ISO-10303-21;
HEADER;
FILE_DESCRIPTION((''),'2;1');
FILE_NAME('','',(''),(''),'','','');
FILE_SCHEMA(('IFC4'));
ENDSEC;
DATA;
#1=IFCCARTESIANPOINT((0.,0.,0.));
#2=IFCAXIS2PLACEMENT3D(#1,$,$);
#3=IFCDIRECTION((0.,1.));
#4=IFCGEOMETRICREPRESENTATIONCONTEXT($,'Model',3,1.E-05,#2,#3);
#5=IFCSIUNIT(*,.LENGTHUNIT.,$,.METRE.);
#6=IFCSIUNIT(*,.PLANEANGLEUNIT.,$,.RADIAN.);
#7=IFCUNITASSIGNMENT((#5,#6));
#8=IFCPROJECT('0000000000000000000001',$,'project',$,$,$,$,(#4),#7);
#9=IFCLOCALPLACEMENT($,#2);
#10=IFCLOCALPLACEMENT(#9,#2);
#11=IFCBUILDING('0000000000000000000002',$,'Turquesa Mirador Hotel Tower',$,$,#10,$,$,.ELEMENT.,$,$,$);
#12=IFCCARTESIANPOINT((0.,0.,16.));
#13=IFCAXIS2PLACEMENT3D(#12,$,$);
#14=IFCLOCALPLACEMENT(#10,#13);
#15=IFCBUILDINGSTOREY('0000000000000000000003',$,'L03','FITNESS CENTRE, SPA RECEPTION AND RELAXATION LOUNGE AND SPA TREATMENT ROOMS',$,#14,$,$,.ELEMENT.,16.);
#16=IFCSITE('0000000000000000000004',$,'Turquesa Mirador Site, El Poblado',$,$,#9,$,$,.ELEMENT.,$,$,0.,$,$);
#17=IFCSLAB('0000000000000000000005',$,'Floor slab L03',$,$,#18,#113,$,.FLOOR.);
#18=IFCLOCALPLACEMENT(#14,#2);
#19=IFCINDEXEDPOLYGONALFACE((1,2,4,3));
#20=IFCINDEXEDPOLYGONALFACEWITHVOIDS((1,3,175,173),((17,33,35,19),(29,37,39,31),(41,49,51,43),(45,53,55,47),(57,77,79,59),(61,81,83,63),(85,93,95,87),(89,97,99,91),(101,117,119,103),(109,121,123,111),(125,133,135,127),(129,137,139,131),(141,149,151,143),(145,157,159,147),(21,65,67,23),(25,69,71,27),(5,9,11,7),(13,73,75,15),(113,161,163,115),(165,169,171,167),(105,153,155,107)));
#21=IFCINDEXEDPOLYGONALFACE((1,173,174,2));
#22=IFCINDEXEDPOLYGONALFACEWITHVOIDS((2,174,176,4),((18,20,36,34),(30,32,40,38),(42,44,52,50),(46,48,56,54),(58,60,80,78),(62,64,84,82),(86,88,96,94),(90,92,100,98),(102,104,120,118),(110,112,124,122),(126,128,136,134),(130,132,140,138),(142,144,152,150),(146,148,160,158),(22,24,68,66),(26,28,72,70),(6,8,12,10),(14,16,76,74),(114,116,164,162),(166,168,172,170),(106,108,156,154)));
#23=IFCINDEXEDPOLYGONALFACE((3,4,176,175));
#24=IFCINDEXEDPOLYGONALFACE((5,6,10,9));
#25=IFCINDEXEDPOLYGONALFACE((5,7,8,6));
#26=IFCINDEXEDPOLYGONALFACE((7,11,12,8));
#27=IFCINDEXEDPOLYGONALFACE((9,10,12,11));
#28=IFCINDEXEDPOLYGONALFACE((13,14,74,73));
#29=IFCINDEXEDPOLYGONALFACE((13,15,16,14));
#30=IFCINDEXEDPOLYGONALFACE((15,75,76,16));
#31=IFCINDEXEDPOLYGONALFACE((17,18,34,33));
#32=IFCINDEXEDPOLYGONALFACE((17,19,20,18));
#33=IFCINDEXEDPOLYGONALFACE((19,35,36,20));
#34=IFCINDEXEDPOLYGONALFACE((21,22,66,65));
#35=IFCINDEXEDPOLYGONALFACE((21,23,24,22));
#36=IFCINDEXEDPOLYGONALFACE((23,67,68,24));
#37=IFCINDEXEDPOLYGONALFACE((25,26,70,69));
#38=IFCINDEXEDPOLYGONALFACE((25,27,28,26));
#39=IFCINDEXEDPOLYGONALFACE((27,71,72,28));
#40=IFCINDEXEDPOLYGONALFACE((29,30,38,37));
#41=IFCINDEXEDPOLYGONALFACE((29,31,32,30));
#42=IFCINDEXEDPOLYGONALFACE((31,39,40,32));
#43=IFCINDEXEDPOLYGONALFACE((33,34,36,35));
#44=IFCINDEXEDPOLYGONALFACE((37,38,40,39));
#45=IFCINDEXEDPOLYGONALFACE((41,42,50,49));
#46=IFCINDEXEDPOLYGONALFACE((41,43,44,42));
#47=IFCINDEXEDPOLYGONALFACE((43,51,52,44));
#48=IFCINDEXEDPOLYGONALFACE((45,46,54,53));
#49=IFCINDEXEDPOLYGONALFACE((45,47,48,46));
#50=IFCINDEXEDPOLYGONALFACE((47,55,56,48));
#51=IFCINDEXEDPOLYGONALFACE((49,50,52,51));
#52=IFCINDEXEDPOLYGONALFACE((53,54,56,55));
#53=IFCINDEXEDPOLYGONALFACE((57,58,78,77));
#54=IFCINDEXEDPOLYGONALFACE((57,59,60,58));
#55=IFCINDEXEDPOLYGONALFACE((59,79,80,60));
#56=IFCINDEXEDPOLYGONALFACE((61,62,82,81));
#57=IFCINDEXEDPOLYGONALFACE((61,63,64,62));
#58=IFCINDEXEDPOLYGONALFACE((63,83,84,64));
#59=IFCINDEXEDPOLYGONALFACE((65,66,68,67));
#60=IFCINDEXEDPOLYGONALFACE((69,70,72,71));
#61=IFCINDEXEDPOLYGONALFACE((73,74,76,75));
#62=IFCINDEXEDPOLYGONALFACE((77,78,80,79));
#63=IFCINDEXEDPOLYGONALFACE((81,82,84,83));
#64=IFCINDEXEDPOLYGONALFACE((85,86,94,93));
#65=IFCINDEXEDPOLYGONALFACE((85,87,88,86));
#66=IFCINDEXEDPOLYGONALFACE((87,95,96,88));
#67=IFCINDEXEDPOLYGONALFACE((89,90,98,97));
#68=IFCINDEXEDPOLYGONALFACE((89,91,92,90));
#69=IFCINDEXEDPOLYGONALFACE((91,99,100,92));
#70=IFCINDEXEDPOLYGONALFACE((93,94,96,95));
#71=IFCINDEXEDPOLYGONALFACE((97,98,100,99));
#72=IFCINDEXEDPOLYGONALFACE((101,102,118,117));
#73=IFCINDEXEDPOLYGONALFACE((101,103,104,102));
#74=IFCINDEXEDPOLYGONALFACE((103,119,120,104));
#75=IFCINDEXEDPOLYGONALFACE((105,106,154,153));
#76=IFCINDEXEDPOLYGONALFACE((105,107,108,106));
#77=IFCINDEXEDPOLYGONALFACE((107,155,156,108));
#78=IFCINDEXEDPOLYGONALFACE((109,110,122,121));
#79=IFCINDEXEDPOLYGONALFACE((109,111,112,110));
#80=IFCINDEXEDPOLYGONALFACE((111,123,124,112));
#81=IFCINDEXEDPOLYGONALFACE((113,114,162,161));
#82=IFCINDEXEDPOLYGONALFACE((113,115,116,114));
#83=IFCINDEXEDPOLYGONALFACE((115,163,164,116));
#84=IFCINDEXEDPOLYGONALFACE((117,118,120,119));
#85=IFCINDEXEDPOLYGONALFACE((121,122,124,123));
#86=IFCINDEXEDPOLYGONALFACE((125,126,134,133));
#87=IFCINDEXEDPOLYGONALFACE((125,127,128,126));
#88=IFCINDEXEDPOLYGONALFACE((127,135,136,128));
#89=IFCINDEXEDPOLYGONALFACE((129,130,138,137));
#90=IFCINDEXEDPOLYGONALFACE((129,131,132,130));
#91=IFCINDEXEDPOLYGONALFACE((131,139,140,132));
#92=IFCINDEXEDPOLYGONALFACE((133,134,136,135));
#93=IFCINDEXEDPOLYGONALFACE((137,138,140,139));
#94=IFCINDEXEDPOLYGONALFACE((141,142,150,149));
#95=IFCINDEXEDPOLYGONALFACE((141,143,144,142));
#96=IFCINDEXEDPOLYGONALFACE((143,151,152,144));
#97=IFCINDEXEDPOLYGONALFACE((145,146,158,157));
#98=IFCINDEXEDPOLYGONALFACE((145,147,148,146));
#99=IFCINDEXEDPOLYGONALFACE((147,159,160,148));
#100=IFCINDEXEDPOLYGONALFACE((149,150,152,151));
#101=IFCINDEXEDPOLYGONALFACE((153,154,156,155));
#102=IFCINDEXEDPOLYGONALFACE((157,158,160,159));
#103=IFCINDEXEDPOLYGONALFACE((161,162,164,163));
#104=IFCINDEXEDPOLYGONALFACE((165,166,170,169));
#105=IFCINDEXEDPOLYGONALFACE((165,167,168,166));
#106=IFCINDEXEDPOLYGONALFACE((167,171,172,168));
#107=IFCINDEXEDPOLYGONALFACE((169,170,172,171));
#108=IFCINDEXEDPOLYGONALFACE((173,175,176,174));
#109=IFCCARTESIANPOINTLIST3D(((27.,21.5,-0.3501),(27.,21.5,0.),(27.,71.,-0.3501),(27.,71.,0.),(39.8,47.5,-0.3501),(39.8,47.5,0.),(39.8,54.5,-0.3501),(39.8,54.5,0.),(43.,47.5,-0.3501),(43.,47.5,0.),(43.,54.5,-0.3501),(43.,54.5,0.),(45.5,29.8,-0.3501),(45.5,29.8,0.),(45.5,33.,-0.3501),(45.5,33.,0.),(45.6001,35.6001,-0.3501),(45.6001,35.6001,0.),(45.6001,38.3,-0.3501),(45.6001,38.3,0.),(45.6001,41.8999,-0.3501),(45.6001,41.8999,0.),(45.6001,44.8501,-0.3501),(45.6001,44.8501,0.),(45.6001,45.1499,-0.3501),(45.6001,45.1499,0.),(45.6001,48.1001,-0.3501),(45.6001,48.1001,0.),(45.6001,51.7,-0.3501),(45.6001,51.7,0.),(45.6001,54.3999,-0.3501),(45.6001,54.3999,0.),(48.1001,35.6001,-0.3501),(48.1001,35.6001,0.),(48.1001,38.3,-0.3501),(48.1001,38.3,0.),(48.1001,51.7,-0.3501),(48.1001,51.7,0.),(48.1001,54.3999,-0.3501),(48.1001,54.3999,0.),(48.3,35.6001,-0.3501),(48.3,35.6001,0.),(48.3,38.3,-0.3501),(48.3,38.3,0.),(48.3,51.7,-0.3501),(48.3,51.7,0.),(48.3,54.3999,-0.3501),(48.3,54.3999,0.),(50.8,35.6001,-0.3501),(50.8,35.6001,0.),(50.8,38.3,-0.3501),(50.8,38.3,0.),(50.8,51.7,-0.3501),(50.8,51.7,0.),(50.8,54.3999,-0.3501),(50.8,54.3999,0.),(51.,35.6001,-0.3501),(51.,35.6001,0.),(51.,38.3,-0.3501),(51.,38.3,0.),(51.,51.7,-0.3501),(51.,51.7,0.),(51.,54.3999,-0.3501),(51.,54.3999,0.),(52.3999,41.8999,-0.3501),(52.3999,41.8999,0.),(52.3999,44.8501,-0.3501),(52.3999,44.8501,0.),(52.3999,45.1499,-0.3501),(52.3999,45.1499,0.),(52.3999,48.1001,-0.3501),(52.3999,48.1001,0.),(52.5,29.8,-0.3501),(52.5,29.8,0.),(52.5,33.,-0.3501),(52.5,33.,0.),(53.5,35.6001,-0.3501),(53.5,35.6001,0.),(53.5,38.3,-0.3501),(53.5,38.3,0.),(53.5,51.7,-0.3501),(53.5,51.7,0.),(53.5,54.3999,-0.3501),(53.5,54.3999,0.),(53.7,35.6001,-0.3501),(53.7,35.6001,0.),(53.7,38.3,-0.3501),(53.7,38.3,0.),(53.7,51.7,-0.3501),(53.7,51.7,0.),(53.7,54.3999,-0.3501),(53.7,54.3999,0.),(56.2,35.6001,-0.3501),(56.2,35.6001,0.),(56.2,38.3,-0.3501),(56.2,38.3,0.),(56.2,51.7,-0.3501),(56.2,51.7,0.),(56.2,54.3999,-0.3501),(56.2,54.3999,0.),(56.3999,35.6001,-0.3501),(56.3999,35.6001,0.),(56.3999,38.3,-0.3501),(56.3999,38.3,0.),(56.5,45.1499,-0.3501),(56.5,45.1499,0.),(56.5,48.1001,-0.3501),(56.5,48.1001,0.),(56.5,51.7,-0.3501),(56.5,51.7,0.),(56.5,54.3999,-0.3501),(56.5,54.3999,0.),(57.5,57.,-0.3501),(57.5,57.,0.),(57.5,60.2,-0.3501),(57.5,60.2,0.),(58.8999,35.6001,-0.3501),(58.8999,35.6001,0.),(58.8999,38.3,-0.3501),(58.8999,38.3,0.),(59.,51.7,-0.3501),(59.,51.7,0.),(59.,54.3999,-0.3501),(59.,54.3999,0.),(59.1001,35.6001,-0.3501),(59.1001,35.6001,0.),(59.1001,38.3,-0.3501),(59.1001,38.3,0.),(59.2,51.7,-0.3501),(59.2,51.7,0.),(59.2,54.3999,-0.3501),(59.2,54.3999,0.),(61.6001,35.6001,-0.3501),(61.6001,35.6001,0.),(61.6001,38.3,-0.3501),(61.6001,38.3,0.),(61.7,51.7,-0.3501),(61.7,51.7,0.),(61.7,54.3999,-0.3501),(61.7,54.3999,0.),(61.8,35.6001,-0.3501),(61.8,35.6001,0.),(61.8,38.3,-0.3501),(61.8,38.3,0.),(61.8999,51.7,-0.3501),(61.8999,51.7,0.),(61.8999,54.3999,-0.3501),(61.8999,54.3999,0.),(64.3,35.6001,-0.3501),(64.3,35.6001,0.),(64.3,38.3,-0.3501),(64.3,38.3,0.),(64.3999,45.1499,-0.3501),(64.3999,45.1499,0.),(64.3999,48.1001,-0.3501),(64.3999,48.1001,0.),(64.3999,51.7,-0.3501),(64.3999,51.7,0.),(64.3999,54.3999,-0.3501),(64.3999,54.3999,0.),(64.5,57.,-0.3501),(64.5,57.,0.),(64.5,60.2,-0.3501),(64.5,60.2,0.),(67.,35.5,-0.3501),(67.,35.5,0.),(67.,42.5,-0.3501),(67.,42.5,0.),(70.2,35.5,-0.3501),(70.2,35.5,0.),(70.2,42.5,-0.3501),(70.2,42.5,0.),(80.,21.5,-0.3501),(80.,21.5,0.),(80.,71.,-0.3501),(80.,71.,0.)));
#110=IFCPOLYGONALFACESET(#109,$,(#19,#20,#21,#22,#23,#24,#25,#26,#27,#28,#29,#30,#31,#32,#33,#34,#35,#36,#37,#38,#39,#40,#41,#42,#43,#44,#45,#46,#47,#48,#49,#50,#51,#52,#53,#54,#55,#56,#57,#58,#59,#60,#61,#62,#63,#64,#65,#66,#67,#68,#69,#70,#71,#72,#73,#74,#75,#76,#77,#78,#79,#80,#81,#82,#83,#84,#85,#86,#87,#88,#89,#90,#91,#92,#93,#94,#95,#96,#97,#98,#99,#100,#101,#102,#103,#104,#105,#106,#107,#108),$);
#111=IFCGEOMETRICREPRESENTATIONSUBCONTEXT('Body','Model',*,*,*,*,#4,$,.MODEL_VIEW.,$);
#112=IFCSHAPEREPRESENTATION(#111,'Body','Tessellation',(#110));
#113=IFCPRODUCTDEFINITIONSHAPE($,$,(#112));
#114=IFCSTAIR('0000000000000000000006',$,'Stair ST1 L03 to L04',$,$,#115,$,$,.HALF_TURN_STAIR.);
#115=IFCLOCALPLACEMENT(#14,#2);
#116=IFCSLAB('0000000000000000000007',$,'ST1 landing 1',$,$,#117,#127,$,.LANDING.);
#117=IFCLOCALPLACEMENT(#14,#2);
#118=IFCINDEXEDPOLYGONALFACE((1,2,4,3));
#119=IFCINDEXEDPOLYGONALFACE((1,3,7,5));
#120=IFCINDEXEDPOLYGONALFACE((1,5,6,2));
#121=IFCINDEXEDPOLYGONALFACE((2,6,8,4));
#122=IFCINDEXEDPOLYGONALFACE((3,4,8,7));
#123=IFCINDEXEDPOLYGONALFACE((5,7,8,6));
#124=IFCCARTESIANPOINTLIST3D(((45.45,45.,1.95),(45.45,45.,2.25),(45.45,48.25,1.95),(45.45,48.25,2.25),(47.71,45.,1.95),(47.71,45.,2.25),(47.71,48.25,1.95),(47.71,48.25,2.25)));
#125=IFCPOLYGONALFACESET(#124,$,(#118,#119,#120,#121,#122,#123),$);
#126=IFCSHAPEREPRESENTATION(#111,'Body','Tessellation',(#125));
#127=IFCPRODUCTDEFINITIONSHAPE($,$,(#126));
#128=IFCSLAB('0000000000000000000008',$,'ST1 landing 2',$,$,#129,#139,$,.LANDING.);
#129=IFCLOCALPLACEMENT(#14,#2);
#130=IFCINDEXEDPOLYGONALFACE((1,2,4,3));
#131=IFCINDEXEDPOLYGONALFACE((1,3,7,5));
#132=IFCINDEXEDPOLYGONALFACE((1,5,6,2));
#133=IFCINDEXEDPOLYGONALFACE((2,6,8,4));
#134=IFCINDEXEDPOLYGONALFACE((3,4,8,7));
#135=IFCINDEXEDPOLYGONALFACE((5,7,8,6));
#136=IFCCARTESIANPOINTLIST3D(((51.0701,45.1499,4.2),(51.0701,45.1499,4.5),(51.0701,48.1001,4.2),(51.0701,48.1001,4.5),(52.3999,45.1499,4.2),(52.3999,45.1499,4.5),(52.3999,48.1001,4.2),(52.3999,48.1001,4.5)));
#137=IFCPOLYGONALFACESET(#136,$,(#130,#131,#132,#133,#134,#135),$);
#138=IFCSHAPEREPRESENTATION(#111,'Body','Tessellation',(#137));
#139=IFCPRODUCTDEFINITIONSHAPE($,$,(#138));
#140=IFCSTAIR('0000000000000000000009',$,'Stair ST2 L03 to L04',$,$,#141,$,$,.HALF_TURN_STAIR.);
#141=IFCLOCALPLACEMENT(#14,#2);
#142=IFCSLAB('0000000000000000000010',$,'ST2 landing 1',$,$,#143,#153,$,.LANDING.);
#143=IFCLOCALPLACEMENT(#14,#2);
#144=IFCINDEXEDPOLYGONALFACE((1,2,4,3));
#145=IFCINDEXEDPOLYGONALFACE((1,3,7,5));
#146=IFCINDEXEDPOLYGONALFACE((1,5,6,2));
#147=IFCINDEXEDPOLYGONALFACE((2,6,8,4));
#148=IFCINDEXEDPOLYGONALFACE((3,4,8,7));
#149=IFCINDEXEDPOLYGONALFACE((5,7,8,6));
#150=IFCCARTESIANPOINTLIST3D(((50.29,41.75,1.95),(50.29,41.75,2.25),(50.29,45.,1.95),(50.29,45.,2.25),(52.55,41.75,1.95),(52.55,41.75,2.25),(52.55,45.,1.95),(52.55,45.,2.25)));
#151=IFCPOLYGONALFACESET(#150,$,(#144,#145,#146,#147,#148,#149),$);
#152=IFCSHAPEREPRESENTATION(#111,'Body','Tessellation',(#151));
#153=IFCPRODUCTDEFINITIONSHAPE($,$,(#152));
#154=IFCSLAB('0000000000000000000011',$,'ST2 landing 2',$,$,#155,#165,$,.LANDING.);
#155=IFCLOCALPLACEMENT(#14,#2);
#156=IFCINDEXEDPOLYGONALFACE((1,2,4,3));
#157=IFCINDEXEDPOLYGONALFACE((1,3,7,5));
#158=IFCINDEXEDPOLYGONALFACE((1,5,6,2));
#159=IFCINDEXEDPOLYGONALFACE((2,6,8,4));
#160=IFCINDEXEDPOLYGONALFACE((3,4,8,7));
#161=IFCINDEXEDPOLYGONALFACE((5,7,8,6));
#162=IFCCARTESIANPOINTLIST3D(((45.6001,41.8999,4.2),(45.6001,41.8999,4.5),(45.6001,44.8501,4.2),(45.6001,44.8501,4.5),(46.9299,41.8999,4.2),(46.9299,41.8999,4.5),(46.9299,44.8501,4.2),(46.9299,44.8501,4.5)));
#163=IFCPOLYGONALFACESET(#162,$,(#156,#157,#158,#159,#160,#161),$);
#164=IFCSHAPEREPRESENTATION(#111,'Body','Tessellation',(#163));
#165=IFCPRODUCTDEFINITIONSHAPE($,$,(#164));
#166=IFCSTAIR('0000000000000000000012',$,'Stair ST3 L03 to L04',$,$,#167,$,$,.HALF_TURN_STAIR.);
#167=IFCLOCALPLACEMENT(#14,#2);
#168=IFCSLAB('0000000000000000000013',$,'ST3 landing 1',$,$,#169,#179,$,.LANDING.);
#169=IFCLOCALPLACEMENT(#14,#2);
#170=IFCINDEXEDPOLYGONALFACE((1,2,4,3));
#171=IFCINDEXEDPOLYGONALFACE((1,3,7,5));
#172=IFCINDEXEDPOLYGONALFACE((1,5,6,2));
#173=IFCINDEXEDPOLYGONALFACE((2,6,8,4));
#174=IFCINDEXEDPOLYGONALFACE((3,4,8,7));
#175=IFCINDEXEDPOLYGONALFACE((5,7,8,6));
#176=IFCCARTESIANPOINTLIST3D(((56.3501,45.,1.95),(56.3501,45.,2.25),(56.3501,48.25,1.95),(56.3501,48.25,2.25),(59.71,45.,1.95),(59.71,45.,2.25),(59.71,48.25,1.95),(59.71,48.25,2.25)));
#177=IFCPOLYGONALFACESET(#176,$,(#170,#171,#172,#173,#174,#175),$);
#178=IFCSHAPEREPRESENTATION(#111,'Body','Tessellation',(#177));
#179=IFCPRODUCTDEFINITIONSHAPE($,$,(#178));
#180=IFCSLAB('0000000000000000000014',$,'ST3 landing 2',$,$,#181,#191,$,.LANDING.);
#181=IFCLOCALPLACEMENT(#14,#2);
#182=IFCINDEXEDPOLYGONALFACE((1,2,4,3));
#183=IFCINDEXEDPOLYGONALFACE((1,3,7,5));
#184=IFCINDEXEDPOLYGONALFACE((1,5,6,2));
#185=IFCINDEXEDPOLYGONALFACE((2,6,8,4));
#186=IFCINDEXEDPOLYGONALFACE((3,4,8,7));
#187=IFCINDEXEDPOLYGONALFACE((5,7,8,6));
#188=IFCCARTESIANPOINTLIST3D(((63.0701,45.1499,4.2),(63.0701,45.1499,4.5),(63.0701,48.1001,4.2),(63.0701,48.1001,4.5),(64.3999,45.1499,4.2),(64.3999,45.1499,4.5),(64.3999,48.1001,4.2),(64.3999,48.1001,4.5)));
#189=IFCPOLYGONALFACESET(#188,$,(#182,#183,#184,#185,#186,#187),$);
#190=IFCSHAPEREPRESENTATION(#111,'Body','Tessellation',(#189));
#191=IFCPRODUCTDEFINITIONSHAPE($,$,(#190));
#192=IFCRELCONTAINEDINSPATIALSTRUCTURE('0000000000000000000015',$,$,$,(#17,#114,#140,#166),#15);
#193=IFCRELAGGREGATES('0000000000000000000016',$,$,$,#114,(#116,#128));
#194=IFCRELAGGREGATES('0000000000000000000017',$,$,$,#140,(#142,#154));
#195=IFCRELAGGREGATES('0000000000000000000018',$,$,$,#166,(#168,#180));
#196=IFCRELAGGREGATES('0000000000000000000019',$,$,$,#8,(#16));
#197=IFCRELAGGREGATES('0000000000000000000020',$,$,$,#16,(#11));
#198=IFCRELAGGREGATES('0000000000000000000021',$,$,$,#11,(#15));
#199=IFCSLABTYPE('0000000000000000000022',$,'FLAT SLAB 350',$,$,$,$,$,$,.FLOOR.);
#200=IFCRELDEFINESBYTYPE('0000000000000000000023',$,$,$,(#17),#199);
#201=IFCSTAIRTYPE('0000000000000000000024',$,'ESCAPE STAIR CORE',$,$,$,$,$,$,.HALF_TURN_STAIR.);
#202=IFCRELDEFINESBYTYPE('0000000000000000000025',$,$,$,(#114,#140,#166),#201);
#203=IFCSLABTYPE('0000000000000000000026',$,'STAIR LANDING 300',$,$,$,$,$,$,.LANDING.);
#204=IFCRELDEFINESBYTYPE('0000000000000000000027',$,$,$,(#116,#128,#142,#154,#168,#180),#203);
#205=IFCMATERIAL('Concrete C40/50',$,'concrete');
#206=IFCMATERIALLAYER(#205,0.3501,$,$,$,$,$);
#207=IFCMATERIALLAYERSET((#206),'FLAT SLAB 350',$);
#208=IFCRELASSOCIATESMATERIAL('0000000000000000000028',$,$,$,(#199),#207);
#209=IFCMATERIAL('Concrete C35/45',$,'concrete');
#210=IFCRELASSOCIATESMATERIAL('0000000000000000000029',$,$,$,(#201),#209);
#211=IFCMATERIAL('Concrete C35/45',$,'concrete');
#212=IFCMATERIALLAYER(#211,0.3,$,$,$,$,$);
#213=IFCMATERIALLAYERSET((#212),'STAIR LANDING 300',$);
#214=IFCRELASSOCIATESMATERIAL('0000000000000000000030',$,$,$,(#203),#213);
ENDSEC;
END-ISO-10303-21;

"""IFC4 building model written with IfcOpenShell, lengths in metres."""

from ifc_helpers import new_model, si_unit, direction, frame, origin, place, context, subcontext, project, spatial, polyline, outline, extrude, material, layer, layer_set, type_object, element, aggregate, save


model = new_model("IFC4")

# Units and contexts
model_context = context("Model", 3, precision=1e-05, world=origin(), true_north=direction((0.0, 1.0)))
body_context = subcontext(model_context, "Body", "Model", "MODEL_VIEW")
ifc_project = project(units=[si_unit("LENGTHUNIT", "METRE"), si_unit("PLANEANGLEUNIT", "RADIAN")], contexts=[model_context])

# Site, building, storey
site_placement = place(None, origin())
site = spatial("IfcSite", under=ifc_project, at=site_placement, Name="Turquesa Mirador Site, El Poblado", CompositionType="ELEMENT", RefElevation=0.0)
building_placement = place(site_placement, origin())
building = spatial("IfcBuilding", under=site, at=building_placement, Name="Turquesa Mirador Hotel Tower", CompositionType="ELEMENT")
storey_placement = place(building_placement, frame((0.0, 0.0, 16.0)))
storey = spatial("IfcBuildingStorey", under=building, at=storey_placement, Name="L03", Description="FITNESS CENTRE, SPA RECEPTION AND RELAXATION LOUNGE AND SPA TREATMENT ROOMS", CompositionType="ELEMENT", Elevation=16.0)

# Slab
ifc_material_1 = material(Name="Concrete C40/50", Category="concrete")
ifc_layer_1 = layer(ifc_material_1, 0.3501)
ifc_layer_set_1 = layer_set([ifc_layer_1], Name="FLAT SLAB 350")
slab_type_1 = type_object("IfcSlabType", Name="FLAT SLAB 350", PredefinedType="FLOOR", material=ifc_layer_set_1)
slab_1_placement = place(storey_placement, frame((0.0, 0.0, -0.3501)))
element("IfcSlab", 1, at=slab_1_placement, inside=storey, type_object=slab_type_1, Name="Floor slab L03", PredefinedType="FLOOR", context=body_context, shape_type="SweptSolid", body=[
    extrude(outline(polyline([(27.0, 21.5), (80.0, 21.5), (80.0, 71.0), (27.0, 71.0), (27.0, 21.5)]), holes=[polyline([(45.6001, 51.7), (48.1001, 51.7), (48.1001, 54.3999), (45.6001, 54.3999), (45.6001, 51.7)]), polyline([(48.3, 51.7), (50.8, 51.7), (50.8, 54.3999), (48.3, 54.3999), (48.3, 51.7)]), polyline([(51.0, 51.7), (53.5, 51.7), (53.5, 54.3999), (51.0, 54.3999), (51.0, 51.7)]), polyline([(53.7, 51.7), (56.2, 51.7), (56.2, 54.3999), (53.7, 54.3999), (53.7, 51.7)]), polyline([(56.5, 51.7), (59.0, 51.7), (59.0, 54.3999), (56.5, 54.3999), (56.5, 51.7)]), polyline([(59.2, 51.7), (61.7, 51.7), (61.7, 54.3999), (59.2, 54.3999), (59.2, 51.7)]), polyline([(45.6001, 35.6001), (48.1001, 35.6001), (48.1001, 38.3), (45.6001, 38.3), (45.6001, 35.6001)]), polyline([(48.3, 35.6001), (50.8, 35.6001), (50.8, 38.3), (48.3, 38.3), (48.3, 35.6001)]), polyline([(51.0, 35.6001), (53.5, 35.6001), (53.5, 38.3), (51.0, 38.3), (51.0, 35.6001)]), polyline([(53.7, 35.6001), (56.2, 35.6001), (56.2, 38.3), (53.7, 38.3), (53.7, 35.6001)]), polyline([(56.3999, 35.6001), (58.8999, 35.6001), (58.8999, 38.3), (56.3999, 38.3), (56.3999, 35.6001)]), polyline([(59.1001, 35.6001), (61.6001, 35.6001), (61.6001, 38.3), (59.1001, 38.3), (59.1001, 35.6001)]), polyline([(61.8, 35.6001), (64.3, 35.6001), (64.3, 38.3), (61.8, 38.3), (61.8, 35.6001)]), polyline([(45.6001, 45.1499), (52.3999, 45.1499), (52.3999, 48.1001), (45.6001, 48.1001), (45.6001, 45.1499)]), polyline([(45.6001, 41.8999), (52.3999, 41.8999), (52.3999, 44.8501), (45.6001, 44.8501), (45.6001, 41.8999)]), polyline([(56.5, 45.1499), (64.3999, 45.1499), (64.3999, 48.1001), (56.5, 48.1001), (56.5, 45.1499)]), polyline([(61.8999, 51.7), (64.3999, 51.7), (64.3999, 54.3999), (61.8999, 54.3999), (61.8999, 51.7)]), polyline([(57.5, 57.0), (64.5, 57.0), (64.5, 60.2), (57.5, 60.2), (57.5, 57.0)]), polyline([(45.5, 29.8), (52.5, 29.8), (52.5, 33.0), (45.5, 33.0), (45.5, 29.8)]), polyline([(67.0, 35.5), (70.2, 35.5), (70.2, 42.5), (67.0, 42.5), (67.0, 35.5)]), polyline([(39.8, 47.5), (43.0, 47.5), (43.0, 54.5), (39.8, 54.5), (39.8, 47.5)])]), origin(), (0.0, 0.0, 1.0), 0.3501),
])

# Stairs, slabs
ifc_material_2 = material(Name="Concrete C35/45", Category="concrete")
stair_type_1 = type_object("IfcStairType", Name="ESCAPE STAIR CORE", PredefinedType="HALF_TURN_STAIR", material=ifc_material_2)
stair_1_placement = place(storey_placement, origin())
stair_1 = element("IfcStair", 2, at=stair_1_placement, inside=storey, type_object=stair_type_1, Name="Stair ST1 L03 to L04", PredefinedType="HALF_TURN_STAIR")
ifc_material_3 = material(Name="Concrete C35/45", Category="concrete")
ifc_layer_2 = layer(ifc_material_3, 0.3)
ifc_layer_set_2 = layer_set([ifc_layer_2], Name="STAIR LANDING 300")
slab_type_2 = type_object("IfcSlabType", Name="STAIR LANDING 300", PredefinedType="LANDING", material=ifc_layer_set_2)
slab_2_placement = place(storey_placement, frame((0.0, 0.0, 1.95)))
slab_2 = element("IfcSlab", 3, at=slab_2_placement, type_object=slab_type_2, Name="ST1 landing 1", PredefinedType="LANDING", context=body_context, shape_type="SweptSolid", body=[
    extrude(outline(polyline([(45.45, 45.0), (47.71, 45.0), (47.71, 48.25), (45.45, 48.25), (45.45, 45.0)])), origin(), (0.0, 0.0, 1.0), 0.3),
])
slab_3_placement = place(storey_placement, frame((0.0, 0.0, 4.2)))
slab_3 = element("IfcSlab", 4, at=slab_3_placement, type_object=slab_type_2, Name="ST1 landing 2", PredefinedType="LANDING", context=body_context, shape_type="SweptSolid", body=[
    extrude(outline(polyline([(51.0701, 45.1499), (52.3999, 45.1499), (52.3999, 48.1001), (51.0701, 48.1001), (51.0701, 45.1499)])), origin(), (0.0, 0.0, 1.0), 0.3),
])
aggregate(stair_1, [slab_2, slab_3])
stair_2_placement = place(storey_placement, origin())
stair_2 = element("IfcStair", 5, at=stair_2_placement, inside=storey, type_object=stair_type_1, Name="Stair ST2 L03 to L04", PredefinedType="HALF_TURN_STAIR")
slab_4_placement = place(storey_placement, frame((0.0, 0.0, 1.95)))
slab_4 = element("IfcSlab", 6, at=slab_4_placement, type_object=slab_type_2, Name="ST2 landing 1", PredefinedType="LANDING", context=body_context, shape_type="SweptSolid", body=[
    extrude(outline(polyline([(52.55, 45.0), (50.29, 45.0), (50.29, 41.75), (52.55, 41.75), (52.55, 45.0)])), origin(), (0.0, 0.0, 1.0), 0.3),
])
slab_5_placement = place(storey_placement, frame((0.0, 0.0, 4.2)))
slab_5 = element("IfcSlab", 7, at=slab_5_placement, type_object=slab_type_2, Name="ST2 landing 2", PredefinedType="LANDING", context=body_context, shape_type="SweptSolid", body=[
    extrude(outline(polyline([(46.9299, 44.8501), (45.6001, 44.8501), (45.6001, 41.8999), (46.9299, 41.8999), (46.9299, 44.8501)])), origin(), (0.0, 0.0, 1.0), 0.3),
])
aggregate(stair_2, [slab_4, slab_5])
stair_3_placement = place(storey_placement, origin())
stair_3 = element("IfcStair", 8, at=stair_3_placement, inside=storey, type_object=stair_type_1, Name="Stair ST3 L03 to L04", PredefinedType="HALF_TURN_STAIR")
slab_6_placement = place(storey_placement, frame((0.0, 0.0, 1.95)))
slab_6 = element("IfcSlab", 9, at=slab_6_placement, type_object=slab_type_2, Name="ST3 landing 1", PredefinedType="LANDING", context=body_context, shape_type="SweptSolid", body=[
    extrude(outline(polyline([(56.3501, 45.0), (59.71, 45.0), (59.71, 48.25), (56.3501, 48.25), (56.3501, 45.0)])), origin(), (0.0, 0.0, 1.0), 0.3),
])
slab_7_placement = place(storey_placement, frame((0.0, 0.0, 4.2)))
slab_7 = element("IfcSlab", 10, at=slab_7_placement, type_object=slab_type_2, Name="ST3 landing 2", PredefinedType="LANDING", context=body_context, shape_type="SweptSolid", body=[
    extrude(outline(polyline([(63.0701, 45.1499), (64.3999, 45.1499), (64.3999, 48.1001), (63.0701, 48.1001), (63.0701, 45.1499)])), origin(), (0.0, 0.0, 1.0), 0.3),
])
aggregate(stair_3, [slab_6, slab_7])

save(model, "model.ifc")
